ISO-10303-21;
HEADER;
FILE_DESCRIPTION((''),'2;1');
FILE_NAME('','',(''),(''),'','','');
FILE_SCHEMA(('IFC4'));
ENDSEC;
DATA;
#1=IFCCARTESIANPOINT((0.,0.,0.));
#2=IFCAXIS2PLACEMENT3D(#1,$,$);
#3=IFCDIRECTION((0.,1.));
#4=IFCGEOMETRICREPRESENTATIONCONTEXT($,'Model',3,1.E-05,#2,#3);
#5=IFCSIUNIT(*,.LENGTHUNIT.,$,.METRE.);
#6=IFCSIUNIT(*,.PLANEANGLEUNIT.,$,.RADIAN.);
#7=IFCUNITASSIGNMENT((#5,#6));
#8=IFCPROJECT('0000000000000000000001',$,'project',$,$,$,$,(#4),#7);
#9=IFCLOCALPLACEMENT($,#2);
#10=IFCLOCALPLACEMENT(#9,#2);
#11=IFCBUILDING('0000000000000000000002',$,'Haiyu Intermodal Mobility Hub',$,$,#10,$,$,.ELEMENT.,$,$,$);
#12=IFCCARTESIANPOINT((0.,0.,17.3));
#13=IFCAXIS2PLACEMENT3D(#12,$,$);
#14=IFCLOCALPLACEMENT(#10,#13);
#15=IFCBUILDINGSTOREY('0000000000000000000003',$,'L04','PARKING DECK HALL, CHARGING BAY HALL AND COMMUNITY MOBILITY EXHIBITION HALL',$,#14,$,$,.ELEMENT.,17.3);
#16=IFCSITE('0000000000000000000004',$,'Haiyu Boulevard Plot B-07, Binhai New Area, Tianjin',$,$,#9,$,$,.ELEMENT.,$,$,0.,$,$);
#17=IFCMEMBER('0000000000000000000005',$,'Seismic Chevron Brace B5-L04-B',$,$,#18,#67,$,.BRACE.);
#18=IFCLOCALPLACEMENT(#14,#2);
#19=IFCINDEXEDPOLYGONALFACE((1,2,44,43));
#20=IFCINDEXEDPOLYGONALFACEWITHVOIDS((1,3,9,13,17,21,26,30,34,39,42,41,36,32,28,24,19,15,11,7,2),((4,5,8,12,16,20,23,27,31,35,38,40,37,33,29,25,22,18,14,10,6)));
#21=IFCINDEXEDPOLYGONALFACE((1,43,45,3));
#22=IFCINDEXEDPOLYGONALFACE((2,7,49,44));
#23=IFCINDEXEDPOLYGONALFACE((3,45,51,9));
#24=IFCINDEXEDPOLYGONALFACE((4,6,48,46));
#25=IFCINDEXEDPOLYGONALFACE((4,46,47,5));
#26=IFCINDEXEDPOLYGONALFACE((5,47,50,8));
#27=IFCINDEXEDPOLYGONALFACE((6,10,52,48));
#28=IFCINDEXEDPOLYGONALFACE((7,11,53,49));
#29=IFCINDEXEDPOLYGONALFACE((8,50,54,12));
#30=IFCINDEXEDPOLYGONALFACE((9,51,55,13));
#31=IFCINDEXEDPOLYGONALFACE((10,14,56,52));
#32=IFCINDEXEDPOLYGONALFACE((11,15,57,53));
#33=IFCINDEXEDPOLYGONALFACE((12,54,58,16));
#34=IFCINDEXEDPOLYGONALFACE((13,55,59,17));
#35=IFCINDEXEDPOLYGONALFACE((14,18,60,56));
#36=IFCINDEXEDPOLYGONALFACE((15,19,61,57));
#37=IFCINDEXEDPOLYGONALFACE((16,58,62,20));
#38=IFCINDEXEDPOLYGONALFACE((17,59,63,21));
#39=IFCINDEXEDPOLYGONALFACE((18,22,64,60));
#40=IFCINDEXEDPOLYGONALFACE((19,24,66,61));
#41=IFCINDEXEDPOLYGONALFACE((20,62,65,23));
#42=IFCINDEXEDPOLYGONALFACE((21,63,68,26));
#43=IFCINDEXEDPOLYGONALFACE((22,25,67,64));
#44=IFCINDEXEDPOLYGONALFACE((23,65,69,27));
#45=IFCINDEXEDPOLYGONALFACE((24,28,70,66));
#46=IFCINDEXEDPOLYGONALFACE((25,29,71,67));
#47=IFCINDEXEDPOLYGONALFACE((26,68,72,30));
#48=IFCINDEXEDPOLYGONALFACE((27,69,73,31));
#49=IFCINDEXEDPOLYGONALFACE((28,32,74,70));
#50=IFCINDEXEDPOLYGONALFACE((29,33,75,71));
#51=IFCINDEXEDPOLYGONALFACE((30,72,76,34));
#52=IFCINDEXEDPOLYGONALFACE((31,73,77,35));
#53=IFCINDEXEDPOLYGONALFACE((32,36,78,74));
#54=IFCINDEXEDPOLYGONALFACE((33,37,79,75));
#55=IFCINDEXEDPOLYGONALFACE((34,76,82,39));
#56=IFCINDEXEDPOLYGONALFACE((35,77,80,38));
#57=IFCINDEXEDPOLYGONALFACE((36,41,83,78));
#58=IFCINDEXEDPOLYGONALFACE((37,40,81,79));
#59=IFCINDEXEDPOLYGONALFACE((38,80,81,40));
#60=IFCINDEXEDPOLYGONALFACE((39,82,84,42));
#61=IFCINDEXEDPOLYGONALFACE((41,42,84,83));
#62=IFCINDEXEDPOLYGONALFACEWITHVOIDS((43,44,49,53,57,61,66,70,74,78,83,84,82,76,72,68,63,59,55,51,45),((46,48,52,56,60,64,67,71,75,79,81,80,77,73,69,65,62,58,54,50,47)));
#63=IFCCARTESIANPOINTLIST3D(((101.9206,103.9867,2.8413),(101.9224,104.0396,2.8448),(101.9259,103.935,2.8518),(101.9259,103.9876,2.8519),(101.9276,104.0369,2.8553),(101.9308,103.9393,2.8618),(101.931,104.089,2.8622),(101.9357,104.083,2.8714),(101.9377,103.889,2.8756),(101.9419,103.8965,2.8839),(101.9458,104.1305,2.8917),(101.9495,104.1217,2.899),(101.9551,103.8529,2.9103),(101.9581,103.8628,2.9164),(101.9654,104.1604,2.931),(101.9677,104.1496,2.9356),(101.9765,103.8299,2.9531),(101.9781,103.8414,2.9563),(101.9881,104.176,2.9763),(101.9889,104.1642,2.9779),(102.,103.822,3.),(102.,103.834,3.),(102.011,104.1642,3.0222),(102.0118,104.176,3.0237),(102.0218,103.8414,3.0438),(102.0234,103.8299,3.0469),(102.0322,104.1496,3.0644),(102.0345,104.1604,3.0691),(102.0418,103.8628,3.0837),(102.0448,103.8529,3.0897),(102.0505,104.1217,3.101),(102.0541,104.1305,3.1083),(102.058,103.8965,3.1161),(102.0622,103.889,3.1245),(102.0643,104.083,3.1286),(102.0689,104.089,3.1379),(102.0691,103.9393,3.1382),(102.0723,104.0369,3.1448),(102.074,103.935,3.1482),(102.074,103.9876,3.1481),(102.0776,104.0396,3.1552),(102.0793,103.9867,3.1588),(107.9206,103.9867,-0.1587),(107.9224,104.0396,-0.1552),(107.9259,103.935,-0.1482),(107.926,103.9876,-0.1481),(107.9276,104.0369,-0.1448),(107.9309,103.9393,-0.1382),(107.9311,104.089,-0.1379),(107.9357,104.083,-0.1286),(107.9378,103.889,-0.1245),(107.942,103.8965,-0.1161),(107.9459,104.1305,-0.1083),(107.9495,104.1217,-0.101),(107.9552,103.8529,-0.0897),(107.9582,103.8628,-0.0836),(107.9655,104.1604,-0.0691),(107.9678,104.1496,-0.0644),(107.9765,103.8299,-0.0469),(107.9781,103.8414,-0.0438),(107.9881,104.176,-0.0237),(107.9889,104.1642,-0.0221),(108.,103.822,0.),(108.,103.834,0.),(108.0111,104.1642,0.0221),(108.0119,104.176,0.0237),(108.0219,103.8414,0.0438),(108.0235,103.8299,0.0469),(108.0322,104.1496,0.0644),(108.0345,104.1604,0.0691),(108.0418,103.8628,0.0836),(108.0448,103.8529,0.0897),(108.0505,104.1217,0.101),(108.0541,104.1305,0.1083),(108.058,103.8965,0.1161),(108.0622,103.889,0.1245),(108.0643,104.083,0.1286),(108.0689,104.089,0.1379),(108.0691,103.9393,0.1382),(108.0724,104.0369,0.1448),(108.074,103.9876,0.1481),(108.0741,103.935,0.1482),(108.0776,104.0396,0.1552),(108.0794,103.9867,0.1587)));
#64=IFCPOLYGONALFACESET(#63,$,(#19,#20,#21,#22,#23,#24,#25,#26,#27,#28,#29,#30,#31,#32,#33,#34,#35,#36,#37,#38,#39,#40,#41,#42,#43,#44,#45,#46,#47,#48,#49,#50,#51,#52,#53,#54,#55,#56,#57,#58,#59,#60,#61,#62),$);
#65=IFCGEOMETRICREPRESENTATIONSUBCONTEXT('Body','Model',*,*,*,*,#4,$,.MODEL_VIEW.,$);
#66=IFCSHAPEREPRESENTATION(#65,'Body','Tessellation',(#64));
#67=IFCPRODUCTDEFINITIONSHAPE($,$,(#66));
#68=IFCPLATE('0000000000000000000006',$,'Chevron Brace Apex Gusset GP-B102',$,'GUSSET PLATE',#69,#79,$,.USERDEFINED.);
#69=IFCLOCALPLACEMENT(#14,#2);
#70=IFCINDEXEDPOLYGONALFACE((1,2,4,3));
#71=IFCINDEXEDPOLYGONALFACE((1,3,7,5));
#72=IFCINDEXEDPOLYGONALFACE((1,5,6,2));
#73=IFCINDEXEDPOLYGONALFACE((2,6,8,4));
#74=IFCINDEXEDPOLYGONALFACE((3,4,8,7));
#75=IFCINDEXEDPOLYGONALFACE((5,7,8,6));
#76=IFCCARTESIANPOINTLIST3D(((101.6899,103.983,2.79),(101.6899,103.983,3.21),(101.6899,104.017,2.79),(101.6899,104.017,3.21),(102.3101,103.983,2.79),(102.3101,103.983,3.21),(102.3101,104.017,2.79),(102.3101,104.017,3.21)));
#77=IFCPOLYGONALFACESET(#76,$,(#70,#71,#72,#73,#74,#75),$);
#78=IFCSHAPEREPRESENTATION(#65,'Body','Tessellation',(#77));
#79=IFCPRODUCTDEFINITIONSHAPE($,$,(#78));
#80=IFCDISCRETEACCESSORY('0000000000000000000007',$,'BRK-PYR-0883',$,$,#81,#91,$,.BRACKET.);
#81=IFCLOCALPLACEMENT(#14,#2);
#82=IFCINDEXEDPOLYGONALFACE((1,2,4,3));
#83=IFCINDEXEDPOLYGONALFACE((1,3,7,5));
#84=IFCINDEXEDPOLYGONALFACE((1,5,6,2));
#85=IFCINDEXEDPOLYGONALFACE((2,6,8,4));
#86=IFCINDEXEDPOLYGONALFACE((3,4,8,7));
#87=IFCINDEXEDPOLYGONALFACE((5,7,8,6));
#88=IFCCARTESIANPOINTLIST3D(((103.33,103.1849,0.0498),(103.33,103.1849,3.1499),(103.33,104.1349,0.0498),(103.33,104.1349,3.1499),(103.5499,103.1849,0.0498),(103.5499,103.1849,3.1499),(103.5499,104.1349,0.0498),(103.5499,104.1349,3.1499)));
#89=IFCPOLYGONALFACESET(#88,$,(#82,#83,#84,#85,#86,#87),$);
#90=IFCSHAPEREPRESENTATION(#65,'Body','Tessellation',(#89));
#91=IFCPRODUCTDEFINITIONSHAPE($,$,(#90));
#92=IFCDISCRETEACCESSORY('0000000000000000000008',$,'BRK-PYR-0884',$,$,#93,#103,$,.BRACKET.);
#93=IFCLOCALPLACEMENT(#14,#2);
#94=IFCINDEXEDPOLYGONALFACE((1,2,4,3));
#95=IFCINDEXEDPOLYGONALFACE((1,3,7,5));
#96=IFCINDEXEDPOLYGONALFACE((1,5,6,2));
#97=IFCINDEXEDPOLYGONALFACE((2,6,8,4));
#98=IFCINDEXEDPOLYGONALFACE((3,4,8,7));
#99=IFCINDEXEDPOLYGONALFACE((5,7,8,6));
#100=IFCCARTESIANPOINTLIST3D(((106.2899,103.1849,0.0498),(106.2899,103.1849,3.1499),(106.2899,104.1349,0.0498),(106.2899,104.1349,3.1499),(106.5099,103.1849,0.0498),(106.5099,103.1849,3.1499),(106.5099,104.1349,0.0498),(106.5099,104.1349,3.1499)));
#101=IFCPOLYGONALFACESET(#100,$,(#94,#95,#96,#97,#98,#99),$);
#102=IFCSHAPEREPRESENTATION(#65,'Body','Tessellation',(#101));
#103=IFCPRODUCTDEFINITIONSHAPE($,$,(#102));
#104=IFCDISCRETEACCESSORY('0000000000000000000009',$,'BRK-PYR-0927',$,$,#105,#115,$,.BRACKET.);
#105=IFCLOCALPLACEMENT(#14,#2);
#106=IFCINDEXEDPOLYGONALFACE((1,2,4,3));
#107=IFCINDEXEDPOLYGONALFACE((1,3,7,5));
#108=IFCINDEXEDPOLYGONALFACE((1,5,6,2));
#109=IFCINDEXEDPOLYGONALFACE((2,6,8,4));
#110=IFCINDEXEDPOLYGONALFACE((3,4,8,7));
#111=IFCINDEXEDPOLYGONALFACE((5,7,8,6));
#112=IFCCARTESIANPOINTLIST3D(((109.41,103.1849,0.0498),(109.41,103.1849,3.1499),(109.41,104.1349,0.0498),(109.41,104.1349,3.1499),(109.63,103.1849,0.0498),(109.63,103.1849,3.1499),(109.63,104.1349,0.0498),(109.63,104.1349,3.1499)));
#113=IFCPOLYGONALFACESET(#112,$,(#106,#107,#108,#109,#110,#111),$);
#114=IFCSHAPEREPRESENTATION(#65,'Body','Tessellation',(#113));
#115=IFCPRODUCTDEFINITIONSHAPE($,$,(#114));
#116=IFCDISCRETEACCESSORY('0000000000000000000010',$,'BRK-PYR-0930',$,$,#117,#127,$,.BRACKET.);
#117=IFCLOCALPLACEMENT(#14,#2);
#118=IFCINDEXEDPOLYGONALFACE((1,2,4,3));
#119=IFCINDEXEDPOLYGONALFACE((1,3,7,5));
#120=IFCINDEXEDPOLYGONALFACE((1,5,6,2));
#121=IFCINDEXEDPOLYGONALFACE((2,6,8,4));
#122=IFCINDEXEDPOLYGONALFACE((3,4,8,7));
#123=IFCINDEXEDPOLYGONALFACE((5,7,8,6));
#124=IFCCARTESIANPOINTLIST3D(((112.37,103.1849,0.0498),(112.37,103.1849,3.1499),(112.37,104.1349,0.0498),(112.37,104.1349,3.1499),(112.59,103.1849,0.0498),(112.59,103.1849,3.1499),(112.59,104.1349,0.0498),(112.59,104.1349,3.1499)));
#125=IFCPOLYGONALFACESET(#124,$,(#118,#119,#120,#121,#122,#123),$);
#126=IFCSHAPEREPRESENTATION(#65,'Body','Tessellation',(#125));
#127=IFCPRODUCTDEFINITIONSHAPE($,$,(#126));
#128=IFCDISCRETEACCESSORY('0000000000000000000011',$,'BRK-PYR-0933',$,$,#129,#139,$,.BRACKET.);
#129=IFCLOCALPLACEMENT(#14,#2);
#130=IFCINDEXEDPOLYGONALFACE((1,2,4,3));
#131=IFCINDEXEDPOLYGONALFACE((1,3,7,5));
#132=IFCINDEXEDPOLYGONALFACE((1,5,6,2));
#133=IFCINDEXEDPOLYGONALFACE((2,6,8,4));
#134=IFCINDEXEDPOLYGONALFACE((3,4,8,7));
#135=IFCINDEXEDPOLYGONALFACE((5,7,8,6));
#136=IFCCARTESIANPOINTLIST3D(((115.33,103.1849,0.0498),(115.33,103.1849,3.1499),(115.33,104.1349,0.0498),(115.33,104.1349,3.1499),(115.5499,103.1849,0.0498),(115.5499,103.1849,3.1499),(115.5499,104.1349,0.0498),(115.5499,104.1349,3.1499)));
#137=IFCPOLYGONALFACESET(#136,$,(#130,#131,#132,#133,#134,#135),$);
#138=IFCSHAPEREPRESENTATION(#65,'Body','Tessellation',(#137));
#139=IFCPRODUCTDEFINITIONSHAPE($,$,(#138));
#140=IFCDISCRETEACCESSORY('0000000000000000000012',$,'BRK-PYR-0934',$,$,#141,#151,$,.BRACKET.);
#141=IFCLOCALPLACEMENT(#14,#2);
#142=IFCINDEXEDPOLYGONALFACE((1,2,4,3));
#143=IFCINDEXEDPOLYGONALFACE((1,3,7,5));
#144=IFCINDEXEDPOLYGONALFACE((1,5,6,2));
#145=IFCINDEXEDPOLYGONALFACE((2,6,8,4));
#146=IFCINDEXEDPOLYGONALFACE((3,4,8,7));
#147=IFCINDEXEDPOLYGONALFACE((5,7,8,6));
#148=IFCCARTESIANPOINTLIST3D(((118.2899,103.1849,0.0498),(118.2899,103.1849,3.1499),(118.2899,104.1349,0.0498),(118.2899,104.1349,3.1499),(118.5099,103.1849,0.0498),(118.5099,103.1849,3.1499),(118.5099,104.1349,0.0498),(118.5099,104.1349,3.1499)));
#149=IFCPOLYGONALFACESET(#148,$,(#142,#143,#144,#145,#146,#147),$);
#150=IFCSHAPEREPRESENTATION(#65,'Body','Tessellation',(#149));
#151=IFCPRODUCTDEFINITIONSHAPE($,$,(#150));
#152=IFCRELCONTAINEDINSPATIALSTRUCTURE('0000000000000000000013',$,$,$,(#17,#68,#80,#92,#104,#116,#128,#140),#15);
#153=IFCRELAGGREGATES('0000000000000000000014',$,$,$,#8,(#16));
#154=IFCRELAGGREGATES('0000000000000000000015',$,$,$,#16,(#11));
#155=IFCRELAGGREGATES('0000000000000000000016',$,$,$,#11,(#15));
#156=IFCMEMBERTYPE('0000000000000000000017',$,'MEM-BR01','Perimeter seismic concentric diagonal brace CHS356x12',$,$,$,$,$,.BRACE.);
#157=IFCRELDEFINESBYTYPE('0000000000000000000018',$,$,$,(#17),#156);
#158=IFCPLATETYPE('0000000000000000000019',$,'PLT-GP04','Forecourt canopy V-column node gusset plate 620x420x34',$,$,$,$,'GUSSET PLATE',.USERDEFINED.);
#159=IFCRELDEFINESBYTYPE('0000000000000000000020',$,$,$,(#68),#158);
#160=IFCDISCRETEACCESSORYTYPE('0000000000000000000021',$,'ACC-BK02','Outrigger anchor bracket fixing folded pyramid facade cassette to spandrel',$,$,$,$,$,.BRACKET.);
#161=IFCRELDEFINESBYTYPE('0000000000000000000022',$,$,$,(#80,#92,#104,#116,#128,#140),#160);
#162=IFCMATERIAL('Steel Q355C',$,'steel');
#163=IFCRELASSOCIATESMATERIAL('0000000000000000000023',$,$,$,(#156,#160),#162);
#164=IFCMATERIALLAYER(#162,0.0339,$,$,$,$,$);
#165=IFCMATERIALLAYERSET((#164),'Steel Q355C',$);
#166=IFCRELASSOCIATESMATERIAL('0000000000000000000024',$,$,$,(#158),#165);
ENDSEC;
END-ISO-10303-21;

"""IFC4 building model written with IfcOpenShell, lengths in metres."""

from ifc_helpers import new_model, si_unit, direction, frame, origin, origin_2d, place, context, subcontext, project, spatial, rectangle, hollow_circle, extrude, material, layer, layer_set, material_profile, profile_set, type_object, element, save


model = new_model("IFC4")

# Units and contexts
model_context = context("Model", 3, precision=1e-05, world=origin(), true_north=direction((0.0, 1.0)))
body_context = subcontext(model_context, "Body", "Model", "MODEL_VIEW")
ifc_project = project(units=[si_unit("LENGTHUNIT", "METRE"), si_unit("PLANEANGLEUNIT", "RADIAN")], contexts=[model_context])

# Site, building, storey
site_placement = place(None, origin())
site = spatial("IfcSite", under=ifc_project, at=site_placement, Name="Haiyu Boulevard Plot B-07, Binhai New Area, Tianjin", CompositionType="ELEMENT", RefElevation=0.0)
building_placement = place(site_placement, origin())
building = spatial("IfcBuilding", under=site, at=building_placement, Name="Haiyu Intermodal Mobility Hub", CompositionType="ELEMENT")
storey_placement = place(building_placement, frame((0.0, 0.0, 17.3)))
storey = spatial("IfcBuildingStorey", under=building, at=storey_placement, Name="L04", Description="PARKING DECK HALL, CHARGING BAY HALL AND COMMUNITY MOBILITY EXHIBITION HALL", CompositionType="ELEMENT", Elevation=17.3)

# Member
ifc_material_1 = material(Name="Steel Q355C", Category="steel")
ifc_material_profile_1 = material_profile(ifc_material_1, hollow_circle(Radius=0.178, WallThickness=0.012, at=origin_2d()), Name="CHS356x12")
ifc_profile_set_1 = profile_set([ifc_material_profile_1], Name="Steel Q355C")
member_type = type_object("IfcMemberType", Name="MEM-BR01", Description="Perimeter seismic concentric diagonal brace CHS356x12", PredefinedType="BRACE", material=ifc_profile_set_1)
member_placement = place(storey_placement, frame((108.0, 104.0, 0.0), z_axis=(-0.894427, 0.0, 0.447214), x_axis=(0.0, -1.0, 0.0)))
element("IfcMember", 1, at=member_placement, inside=storey, type_object=member_type, Name="Seismic Chevron Brace B5-L04-B", PredefinedType="BRACE", context=body_context, shape_type="SweptSolid", body=[
    extrude(hollow_circle(Radius=0.178, WallThickness=0.012, at=origin_2d()), origin(), (0.0, 0.0, 1.0), 6.7083),
])

# Plate
ifc_layer = layer(ifc_material_1, 0.0339)
ifc_layer_set = layer_set([ifc_layer], Name="Steel Q355C")
plate_type = type_object("IfcPlateType", Name="PLT-GP04", Description="Forecourt canopy V-column node gusset plate 620x420x34", ElementType="GUSSET PLATE", PredefinedType="USERDEFINED", material=ifc_layer_set)
plate_placement = place(storey_placement, frame((102.0, 104.0, 2.79), z_axis=(0.0, 0.0, 1.0), x_axis=(1.0, 0.0, 0.0)))
element("IfcPlate", 2, at=plate_placement, inside=storey, type_object=plate_type, Name="Chevron Brace Apex Gusset GP-B102", ObjectType="GUSSET PLATE", PredefinedType="USERDEFINED", context=body_context, shape_type="SweptSolid", body=[
    extrude(rectangle(XDim=0.6201, YDim=0.0339, at=origin_2d()), origin(), (0.0, 0.0, 1.0), 0.4199),
])

# Discrete accessories
discrete_accessory_type = type_object("IfcDiscreteAccessoryType", Name="ACC-BK02", Description="Outrigger anchor bracket fixing folded pyramid facade cassette to spandrel", PredefinedType="BRACKET", material=ifc_material_1)
for number, where, z_axis, x_axis, name in (
    (3, (103.4399, 103.6599, 0.0498), (0.0, 0.0, 1.0), (1.0, 0.0, 0.0), "BRK-PYR-0883"),
    (4, (106.3999, 103.6599, 0.0498), (0.0, 0.0, 1.0), (1.0, 0.0, 0.0), "BRK-PYR-0884"),
    (5, (109.52, 103.6599, 0.0498), (0.0, 0.0, 1.0), (1.0, 0.0, 0.0), "BRK-PYR-0927"),
    (6, (112.48, 103.6599, 0.0498), (0.0, 0.0, 1.0), (1.0, 0.0, 0.0), "BRK-PYR-0930"),
    (7, (115.4399, 103.6599, 0.0498), (0.0, 0.0, 1.0), (1.0, 0.0, 0.0), "BRK-PYR-0933"),
    (8, (118.3999, 103.6599, 0.0498), (0.0, 0.0, 1.0), (1.0, 0.0, 0.0), "BRK-PYR-0934"),
):
    element("IfcDiscreteAccessory", number, at=place(storey_placement, frame(where, z_axis=z_axis, x_axis=x_axis)), inside=storey, type_object=discrete_accessory_type, Name=name, PredefinedType="BRACKET", context=body_context, shape_type="SweptSolid", body=[
        extrude(rectangle(XDim=0.22, YDim=0.95, at=origin_2d()), origin(), (0.0, 0.0, 1.0), 3.1001),
    ])

save(model, "model.ifc")
